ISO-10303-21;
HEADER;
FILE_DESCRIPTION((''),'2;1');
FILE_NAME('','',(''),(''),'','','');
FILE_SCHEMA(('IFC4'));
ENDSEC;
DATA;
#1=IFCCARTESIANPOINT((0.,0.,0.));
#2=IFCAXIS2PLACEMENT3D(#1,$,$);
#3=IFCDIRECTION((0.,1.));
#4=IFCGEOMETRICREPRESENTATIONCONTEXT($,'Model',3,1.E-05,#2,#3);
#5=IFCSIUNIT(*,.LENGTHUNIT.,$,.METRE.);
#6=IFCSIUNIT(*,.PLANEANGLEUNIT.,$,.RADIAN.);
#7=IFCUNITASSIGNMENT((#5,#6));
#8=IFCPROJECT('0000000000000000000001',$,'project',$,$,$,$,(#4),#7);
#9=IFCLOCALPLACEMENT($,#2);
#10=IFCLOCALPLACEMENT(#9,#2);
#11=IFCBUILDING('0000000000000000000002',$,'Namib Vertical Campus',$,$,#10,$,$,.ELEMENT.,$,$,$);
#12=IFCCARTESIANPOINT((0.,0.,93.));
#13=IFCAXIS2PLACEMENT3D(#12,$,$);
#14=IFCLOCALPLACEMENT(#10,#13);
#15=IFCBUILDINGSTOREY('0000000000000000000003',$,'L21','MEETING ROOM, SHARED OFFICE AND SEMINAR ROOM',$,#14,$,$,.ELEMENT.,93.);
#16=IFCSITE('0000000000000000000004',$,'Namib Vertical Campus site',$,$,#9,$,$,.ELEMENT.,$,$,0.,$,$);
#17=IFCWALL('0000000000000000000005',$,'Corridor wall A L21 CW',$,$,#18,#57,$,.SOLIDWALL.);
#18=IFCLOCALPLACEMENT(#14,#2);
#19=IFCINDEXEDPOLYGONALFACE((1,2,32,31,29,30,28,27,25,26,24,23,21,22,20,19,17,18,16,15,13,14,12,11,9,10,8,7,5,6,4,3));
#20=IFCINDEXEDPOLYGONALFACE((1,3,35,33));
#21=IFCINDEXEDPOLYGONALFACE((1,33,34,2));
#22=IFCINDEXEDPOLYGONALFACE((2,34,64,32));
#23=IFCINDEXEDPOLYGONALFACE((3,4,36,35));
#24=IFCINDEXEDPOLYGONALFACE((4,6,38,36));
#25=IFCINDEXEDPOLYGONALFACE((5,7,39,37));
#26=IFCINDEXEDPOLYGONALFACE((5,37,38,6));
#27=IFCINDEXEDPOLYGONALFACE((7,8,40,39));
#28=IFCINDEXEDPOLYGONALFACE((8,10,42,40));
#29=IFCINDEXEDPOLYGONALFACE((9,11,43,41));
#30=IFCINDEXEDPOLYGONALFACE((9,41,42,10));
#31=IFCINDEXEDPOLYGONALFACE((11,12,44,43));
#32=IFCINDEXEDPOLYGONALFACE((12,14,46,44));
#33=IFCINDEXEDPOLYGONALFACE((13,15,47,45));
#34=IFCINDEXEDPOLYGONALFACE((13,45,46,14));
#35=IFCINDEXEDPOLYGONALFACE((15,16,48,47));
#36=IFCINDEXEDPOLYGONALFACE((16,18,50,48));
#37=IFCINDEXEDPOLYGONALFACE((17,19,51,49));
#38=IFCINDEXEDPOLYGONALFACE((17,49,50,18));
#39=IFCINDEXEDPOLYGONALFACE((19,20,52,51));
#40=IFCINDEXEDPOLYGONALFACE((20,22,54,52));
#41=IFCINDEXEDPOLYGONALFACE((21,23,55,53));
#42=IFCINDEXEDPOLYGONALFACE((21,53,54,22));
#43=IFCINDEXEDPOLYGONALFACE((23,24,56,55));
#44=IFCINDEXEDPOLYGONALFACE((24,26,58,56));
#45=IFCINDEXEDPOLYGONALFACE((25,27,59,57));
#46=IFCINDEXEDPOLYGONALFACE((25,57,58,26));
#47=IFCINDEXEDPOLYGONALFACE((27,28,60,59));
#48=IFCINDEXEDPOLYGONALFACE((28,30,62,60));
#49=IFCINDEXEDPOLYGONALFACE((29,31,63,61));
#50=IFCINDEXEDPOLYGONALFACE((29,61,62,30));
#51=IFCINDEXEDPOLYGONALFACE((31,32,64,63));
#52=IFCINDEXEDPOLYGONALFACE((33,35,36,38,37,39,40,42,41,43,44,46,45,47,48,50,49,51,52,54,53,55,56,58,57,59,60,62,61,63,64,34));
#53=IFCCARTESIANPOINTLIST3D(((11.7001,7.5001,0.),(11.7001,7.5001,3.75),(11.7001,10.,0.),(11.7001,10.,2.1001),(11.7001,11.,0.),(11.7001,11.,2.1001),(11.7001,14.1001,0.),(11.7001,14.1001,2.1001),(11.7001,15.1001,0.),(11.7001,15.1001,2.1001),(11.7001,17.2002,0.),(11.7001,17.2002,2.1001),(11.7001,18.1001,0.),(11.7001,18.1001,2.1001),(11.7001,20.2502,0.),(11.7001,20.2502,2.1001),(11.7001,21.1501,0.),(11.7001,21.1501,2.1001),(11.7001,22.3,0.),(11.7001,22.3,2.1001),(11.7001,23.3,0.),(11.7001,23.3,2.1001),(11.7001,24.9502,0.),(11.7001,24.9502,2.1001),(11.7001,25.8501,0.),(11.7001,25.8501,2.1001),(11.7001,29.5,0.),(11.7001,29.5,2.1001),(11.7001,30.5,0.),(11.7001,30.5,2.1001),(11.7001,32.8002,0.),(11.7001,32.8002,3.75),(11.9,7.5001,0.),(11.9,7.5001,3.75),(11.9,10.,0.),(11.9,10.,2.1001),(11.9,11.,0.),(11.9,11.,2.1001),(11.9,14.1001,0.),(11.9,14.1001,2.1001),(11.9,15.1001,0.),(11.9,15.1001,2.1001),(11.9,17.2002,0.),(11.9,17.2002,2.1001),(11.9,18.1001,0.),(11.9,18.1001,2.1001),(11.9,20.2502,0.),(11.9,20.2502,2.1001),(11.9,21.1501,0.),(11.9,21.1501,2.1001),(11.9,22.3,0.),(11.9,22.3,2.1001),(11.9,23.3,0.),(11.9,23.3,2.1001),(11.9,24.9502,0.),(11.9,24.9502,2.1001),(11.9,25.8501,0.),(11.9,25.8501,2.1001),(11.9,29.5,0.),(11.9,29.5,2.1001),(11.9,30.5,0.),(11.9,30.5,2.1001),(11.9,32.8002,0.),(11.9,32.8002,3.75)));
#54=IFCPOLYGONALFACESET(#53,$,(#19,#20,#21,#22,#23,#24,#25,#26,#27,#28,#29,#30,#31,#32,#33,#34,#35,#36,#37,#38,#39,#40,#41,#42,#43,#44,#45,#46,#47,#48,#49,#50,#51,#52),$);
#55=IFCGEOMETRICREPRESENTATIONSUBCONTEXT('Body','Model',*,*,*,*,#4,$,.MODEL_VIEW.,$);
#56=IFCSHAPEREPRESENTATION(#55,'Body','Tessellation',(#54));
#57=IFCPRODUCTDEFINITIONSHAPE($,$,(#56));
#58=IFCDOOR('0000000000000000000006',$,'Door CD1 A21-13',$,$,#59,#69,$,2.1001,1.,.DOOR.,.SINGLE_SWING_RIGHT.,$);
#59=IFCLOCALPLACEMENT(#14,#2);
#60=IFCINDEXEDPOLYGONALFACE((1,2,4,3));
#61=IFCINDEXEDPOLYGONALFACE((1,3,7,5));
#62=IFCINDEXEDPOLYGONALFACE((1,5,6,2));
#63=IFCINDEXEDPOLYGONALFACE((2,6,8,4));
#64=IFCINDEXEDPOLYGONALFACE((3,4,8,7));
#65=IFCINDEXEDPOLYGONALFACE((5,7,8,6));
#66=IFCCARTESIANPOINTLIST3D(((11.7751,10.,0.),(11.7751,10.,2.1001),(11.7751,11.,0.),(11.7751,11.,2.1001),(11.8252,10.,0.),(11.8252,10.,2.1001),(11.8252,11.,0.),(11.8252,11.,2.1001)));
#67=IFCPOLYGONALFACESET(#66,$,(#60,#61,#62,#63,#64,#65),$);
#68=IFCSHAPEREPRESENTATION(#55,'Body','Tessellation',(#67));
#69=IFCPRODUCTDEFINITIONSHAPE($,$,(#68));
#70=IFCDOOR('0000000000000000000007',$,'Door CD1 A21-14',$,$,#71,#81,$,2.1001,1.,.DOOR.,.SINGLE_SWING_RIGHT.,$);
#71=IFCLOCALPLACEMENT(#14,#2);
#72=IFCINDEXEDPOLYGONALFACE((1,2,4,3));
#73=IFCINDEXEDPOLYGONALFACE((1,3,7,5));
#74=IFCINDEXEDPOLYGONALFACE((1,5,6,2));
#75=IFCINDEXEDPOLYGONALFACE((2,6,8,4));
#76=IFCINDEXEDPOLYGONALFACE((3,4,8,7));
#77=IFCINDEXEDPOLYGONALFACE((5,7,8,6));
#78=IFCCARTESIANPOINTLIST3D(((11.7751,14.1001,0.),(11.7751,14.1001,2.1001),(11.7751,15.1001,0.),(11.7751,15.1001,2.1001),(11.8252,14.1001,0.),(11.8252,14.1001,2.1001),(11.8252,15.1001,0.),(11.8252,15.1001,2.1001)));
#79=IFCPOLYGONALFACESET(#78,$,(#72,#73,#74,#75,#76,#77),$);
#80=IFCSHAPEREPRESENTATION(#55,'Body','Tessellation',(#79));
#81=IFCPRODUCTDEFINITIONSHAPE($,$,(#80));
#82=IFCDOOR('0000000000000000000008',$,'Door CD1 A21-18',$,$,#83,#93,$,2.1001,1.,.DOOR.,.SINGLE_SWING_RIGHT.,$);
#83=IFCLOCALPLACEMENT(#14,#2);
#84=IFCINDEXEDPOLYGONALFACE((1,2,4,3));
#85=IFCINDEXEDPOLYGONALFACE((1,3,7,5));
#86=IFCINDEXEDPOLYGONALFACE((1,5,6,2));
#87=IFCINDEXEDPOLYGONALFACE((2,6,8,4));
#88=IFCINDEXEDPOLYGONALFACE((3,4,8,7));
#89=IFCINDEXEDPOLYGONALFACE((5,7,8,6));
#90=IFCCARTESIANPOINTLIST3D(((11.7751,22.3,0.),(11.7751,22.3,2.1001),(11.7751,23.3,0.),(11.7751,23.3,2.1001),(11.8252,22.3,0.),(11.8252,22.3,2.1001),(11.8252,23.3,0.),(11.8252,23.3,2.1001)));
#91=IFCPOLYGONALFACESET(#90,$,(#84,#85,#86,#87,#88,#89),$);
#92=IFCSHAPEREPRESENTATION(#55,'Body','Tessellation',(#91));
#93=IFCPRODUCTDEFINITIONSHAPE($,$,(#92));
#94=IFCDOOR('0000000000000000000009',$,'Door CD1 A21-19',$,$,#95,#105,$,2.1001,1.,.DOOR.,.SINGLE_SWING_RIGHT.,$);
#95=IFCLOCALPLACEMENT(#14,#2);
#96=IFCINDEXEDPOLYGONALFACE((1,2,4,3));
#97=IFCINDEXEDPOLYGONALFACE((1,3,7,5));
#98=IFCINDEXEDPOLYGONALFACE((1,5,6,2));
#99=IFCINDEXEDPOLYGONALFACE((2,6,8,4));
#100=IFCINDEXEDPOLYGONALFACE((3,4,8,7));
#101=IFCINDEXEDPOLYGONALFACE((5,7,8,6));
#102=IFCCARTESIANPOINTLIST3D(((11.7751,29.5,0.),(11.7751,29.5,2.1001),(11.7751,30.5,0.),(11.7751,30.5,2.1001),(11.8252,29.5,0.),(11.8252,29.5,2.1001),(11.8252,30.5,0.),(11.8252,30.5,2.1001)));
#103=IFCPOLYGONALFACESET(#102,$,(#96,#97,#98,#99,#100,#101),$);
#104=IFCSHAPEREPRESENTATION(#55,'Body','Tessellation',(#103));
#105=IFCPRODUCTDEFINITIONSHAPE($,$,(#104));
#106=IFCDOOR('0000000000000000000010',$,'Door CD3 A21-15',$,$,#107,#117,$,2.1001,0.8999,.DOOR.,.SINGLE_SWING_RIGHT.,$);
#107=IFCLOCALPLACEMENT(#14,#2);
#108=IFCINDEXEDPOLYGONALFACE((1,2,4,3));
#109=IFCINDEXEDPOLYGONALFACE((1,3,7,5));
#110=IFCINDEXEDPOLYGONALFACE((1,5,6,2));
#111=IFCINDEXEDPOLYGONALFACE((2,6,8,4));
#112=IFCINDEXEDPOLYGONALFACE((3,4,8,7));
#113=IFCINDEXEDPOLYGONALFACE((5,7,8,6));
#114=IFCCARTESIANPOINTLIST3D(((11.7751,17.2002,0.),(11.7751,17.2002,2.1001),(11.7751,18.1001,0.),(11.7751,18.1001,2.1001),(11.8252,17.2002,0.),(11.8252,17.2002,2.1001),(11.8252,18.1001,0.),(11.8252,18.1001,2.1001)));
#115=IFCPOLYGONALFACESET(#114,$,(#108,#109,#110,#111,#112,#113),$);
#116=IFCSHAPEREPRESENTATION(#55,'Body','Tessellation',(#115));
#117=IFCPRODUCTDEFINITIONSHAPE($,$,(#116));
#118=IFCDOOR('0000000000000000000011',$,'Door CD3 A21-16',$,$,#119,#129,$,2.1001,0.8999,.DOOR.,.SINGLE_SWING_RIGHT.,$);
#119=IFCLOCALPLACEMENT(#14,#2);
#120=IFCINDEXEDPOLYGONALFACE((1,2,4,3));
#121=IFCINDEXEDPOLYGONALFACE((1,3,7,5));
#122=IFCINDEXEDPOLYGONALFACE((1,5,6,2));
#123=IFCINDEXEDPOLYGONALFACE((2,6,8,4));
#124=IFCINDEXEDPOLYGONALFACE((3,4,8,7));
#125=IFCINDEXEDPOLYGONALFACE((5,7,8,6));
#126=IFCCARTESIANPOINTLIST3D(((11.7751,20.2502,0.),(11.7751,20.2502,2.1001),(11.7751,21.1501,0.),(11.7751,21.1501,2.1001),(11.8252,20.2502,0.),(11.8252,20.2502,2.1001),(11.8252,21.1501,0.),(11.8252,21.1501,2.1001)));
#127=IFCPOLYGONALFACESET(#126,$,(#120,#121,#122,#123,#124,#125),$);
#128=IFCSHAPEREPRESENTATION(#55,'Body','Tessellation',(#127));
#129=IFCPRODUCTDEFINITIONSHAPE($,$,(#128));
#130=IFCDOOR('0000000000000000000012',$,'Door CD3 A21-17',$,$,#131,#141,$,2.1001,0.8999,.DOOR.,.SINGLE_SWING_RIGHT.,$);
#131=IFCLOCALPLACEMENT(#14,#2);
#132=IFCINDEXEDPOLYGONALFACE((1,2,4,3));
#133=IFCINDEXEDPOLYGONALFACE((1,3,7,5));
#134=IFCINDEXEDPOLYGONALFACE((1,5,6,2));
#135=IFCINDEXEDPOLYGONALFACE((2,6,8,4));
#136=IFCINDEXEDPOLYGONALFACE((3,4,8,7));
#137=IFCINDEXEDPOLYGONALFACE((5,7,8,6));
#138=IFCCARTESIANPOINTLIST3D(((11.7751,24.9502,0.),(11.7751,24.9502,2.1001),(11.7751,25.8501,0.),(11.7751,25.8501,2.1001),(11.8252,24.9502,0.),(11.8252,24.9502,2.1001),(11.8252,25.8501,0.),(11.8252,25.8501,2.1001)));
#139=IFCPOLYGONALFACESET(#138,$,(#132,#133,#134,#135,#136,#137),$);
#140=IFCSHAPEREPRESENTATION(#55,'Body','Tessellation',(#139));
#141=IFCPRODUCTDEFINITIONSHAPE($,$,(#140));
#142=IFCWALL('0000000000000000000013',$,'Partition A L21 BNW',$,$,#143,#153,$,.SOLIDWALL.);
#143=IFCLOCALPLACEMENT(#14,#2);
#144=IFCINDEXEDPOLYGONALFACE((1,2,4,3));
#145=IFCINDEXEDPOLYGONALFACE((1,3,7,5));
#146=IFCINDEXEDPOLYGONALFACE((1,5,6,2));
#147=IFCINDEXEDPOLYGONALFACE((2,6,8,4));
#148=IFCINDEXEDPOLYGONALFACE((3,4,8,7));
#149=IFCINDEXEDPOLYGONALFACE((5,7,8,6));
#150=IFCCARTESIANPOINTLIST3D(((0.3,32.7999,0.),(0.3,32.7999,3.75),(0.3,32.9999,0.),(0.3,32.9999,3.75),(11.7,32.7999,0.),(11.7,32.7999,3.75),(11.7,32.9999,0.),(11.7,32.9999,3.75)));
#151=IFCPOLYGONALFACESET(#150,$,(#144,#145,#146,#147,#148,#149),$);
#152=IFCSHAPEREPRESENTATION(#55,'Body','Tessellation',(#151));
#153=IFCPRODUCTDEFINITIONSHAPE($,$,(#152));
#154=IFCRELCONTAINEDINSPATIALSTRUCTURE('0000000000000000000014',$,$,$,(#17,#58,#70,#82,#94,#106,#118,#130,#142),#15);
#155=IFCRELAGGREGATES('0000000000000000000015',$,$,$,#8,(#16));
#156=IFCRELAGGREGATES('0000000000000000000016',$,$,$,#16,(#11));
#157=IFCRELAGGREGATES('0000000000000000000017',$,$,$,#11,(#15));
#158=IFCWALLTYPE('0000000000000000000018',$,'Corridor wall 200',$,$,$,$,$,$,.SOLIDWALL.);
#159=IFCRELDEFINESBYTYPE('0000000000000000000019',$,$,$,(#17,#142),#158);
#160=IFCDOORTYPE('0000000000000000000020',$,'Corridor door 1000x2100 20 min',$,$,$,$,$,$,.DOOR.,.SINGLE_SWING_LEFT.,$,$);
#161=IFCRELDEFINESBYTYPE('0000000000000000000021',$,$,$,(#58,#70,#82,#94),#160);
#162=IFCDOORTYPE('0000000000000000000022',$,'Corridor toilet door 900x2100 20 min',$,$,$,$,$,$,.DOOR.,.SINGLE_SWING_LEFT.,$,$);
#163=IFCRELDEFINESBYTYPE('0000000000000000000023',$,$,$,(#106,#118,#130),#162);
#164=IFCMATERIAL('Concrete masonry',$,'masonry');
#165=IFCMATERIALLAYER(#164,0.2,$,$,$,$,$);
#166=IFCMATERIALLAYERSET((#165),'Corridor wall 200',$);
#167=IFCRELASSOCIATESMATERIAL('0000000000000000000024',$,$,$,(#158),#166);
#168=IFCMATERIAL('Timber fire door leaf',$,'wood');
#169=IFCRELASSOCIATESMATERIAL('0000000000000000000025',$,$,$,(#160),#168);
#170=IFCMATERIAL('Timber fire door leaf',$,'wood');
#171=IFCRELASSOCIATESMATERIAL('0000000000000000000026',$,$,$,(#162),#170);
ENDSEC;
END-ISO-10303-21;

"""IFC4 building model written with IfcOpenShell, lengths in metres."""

from ifc_helpers import new_model, si_unit, direction, frame, frame_2d, origin, place, context, subcontext, project, spatial, rectangle, extrude, material, layer, layer_set, type_object, element, fill, save


model = new_model("IFC4")

# Units and contexts
model_context = context("Model", 3, precision=1e-05, world=origin(), true_north=direction((0.0, 1.0)))
body_context = subcontext(model_context, "Body", "Model", "MODEL_VIEW")
ifc_project = project(units=[si_unit("LENGTHUNIT", "METRE"), si_unit("PLANEANGLEUNIT", "RADIAN")], contexts=[model_context])

# Site, building, storey
site_placement = place(None, origin())
site = spatial("IfcSite", under=ifc_project, at=site_placement, Name="Namib Vertical Campus site", CompositionType="ELEMENT", RefElevation=0.0)
building_placement = place(site_placement, origin())
building = spatial("IfcBuilding", under=site, at=building_placement, Name="Namib Vertical Campus", CompositionType="ELEMENT")
storey_placement = place(building_placement, frame((0.0, 0.0, 93.0)))
storey = spatial("IfcBuildingStorey", under=building, at=storey_placement, Name="L21", Description="MEETING ROOM, SHARED OFFICE AND SEMINAR ROOM", CompositionType="ELEMENT", Elevation=93.0)

# Wall, openings, doors
ifc_material_1 = material(Name="Concrete masonry", Category="masonry")
ifc_layer_1 = layer(ifc_material_1, 0.2)
ifc_layer_set_1 = layer_set([ifc_layer_1], Name="Corridor wall 200")
wall_type_1 = type_object("IfcWallType", Name="Corridor wall 200", PredefinedType="SOLIDWALL", material=ifc_layer_set_1)
wall_1_placement = place(storey_placement, frame((11.8, 32.8, 0.0), z_axis=(0.0, 0.0, 1.0), x_axis=(0.0, -1.0, 0.0)))
wall_1 = element("IfcWall", 1, at=wall_1_placement, inside=storey, type_object=wall_type_1, Name="Corridor wall A L21 CW", PredefinedType="SOLIDWALL", context=body_context, shape_type="SweptSolid", body=[
    extrude(rectangle(XDim=25.3, YDim=0.2, at=frame_2d((12.6499, 0.0))), origin(), (0.0, 0.0, 1.0), 3.75),
])
opening_1_placement = place(wall_1_placement, frame((21.8, 0.0, 0.0)))
opening_1 = element("IfcOpeningElement", 2, at=opening_1_placement, cuts=wall_1, PredefinedType="OPENING", context=body_context, shape_type="SweptSolid", body=[
    extrude(rectangle(XDim=1.0, YDim=2.1001, at=frame_2d((0.5, 1.05))), frame((0.0, 0.1099, 0.0), z_axis=(0.0, -1.0, 0.0), x_axis=(1.0, 0.0, 0.0)), (0.0, 0.0, 1.0), 0.22),
])
opening_2_placement = place(wall_1_placement, frame((17.7, 0.0, 0.0)))
opening_2 = element("IfcOpeningElement", 3, at=opening_2_placement, cuts=wall_1, PredefinedType="OPENING", context=body_context, shape_type="SweptSolid", body=[
    extrude(rectangle(XDim=1.0, YDim=2.1001, at=frame_2d((0.5, 1.05))), frame((0.0, 0.1099, 0.0), z_axis=(0.0, -1.0, 0.0), x_axis=(1.0, 0.0, 0.0)), (0.0, 0.0, 1.0), 0.22),
])
opening_3_placement = place(wall_1_placement, frame((14.7, 0.0, 0.0)))
opening_3 = element("IfcOpeningElement", 4, at=opening_3_placement, cuts=wall_1, PredefinedType="OPENING", context=body_context, shape_type="SweptSolid", body=[
    extrude(rectangle(XDim=0.8999, YDim=2.1001, at=frame_2d((0.45, 1.05))), frame((0.0, 0.1099, 0.0), z_axis=(0.0, -1.0, 0.0), x_axis=(1.0, 0.0, 0.0)), (0.0, 0.0, 1.0), 0.22),
])
opening_4_placement = place(wall_1_placement, frame((11.6499, 0.0, 0.0)))
opening_4 = element("IfcOpeningElement", 5, at=opening_4_placement, cuts=wall_1, PredefinedType="OPENING", context=body_context, shape_type="SweptSolid", body=[
    extrude(rectangle(XDim=0.8999, YDim=2.1001, at=frame_2d((0.45, 1.05))), frame((0.0, 0.1099, 0.0), z_axis=(0.0, -1.0, 0.0), x_axis=(1.0, 0.0, 0.0)), (0.0, 0.0, 1.0), 0.22),
])
opening_5_placement = place(wall_1_placement, frame((6.95, 0.0, 0.0)))
opening_5 = element("IfcOpeningElement", 6, at=opening_5_placement, cuts=wall_1, PredefinedType="OPENING", context=body_context, shape_type="SweptSolid", body=[
    extrude(rectangle(XDim=0.8999, YDim=2.1001, at=frame_2d((0.45, 1.05))), frame((0.0, 0.1099, 0.0), z_axis=(0.0, -1.0, 0.0), x_axis=(1.0, 0.0, 0.0)), (0.0, 0.0, 1.0), 0.22),
])
opening_6_placement = place(wall_1_placement, frame((9.5, 0.0, 0.0)))
opening_6 = element("IfcOpeningElement", 7, at=opening_6_placement, cuts=wall_1, PredefinedType="OPENING", context=body_context, shape_type="SweptSolid", body=[
    extrude(rectangle(XDim=1.0, YDim=2.1001, at=frame_2d((0.5, 1.05))), frame((0.0, 0.1099, 0.0), z_axis=(0.0, -1.0, 0.0), x_axis=(1.0, 0.0, 0.0)), (0.0, 0.0, 1.0), 0.22),
])
opening_7_placement = place(wall_1_placement, frame((2.3, 0.0, 0.0)))
opening_7 = element("IfcOpeningElement", 8, at=opening_7_placement, cuts=wall_1, PredefinedType="OPENING", context=body_context, shape_type="SweptSolid", body=[
    extrude(rectangle(XDim=1.0, YDim=2.1001, at=frame_2d((0.5, 1.05))), frame((0.0, 0.1099, 0.0), z_axis=(0.0, -1.0, 0.0), x_axis=(1.0, 0.0, 0.0)), (0.0, 0.0, 1.0), 0.22),
])
ifc_material_2 = material(Name="Timber fire door leaf", Category="wood")
door_type_1 = type_object("IfcDoorType", Name="Corridor door 1000x2100 20 min", OperationType="SINGLE_SWING_LEFT", PredefinedType="DOOR", material=ifc_material_2)
door_1_placement = place(opening_1_placement, frame((1.0, 0.0, 0.0), z_axis=(0.0, 0.0, 1.0), x_axis=(-1.0, 0.0, 0.0)))
door_1 = element("IfcDoor", 9, at=door_1_placement, inside=storey, type_object=door_type_1, Name="Door CD1 A21-13", OperationType="SINGLE_SWING_RIGHT", OverallHeight=2.1001, OverallWidth=1.0, PredefinedType="DOOR", context=body_context, shape_type="SweptSolid", body=[
    extrude(rectangle(XDim=1.0, YDim=2.1001, at=frame_2d((0.5, 1.05))), frame((0.0, 0.0249, 0.0), z_axis=(0.0, -1.0, 0.0), x_axis=(1.0, 0.0, 0.0)), (0.0, 0.0, 1.0), 0.05),
])
fill(opening_1, door_1)
door_2_placement = place(opening_2_placement, frame((1.0, 0.0, 0.0), z_axis=(0.0, 0.0, 1.0), x_axis=(-1.0, 0.0, 0.0)))
door_2 = element("IfcDoor", 10, at=door_2_placement, inside=storey, type_object=door_type_1, Name="Door CD1 A21-14", OperationType="SINGLE_SWING_RIGHT", OverallHeight=2.1001, OverallWidth=1.0, PredefinedType="DOOR", context=body_context, shape_type="SweptSolid", body=[
    extrude(rectangle(XDim=1.0, YDim=2.1001, at=frame_2d((0.5, 1.05))), frame((0.0, 0.0249, 0.0), z_axis=(0.0, -1.0, 0.0), x_axis=(1.0, 0.0, 0.0)), (0.0, 0.0, 1.0), 0.05),
])
fill(opening_2, door_2)
door_3_placement = place(opening_6_placement, frame((1.0, 0.0, 0.0), z_axis=(0.0, 0.0, 1.0), x_axis=(-1.0, 0.0, 0.0)))
door_3 = element("IfcDoor", 11, at=door_3_placement, inside=storey, type_object=door_type_1, Name="Door CD1 A21-18", OperationType="SINGLE_SWING_RIGHT", OverallHeight=2.1001, OverallWidth=1.0, PredefinedType="DOOR", context=body_context, shape_type="SweptSolid", body=[
    extrude(rectangle(XDim=1.0, YDim=2.1001, at=frame_2d((0.5, 1.05))), frame((0.0, 0.0249, 0.0), z_axis=(0.0, -1.0, 0.0), x_axis=(1.0, 0.0, 0.0)), (0.0, 0.0, 1.0), 0.05),
])
fill(opening_6, door_3)
door_4_placement = place(opening_7_placement, frame((1.0, 0.0, 0.0), z_axis=(0.0, 0.0, 1.0), x_axis=(-1.0, 0.0, 0.0)))
door_4 = element("IfcDoor", 12, at=door_4_placement, inside=storey, type_object=door_type_1, Name="Door CD1 A21-19", OperationType="SINGLE_SWING_RIGHT", OverallHeight=2.1001, OverallWidth=1.0, PredefinedType="DOOR", context=body_context, shape_type="SweptSolid", body=[
    extrude(rectangle(XDim=1.0, YDim=2.1001, at=frame_2d((0.5, 1.05))), frame((0.0, 0.0249, 0.0), z_axis=(0.0, -1.0, 0.0), x_axis=(1.0, 0.0, 0.0)), (0.0, 0.0, 1.0), 0.05),
])
fill(opening_7, door_4)
ifc_material_3 = material(Name="Timber fire door leaf", Category="wood")
door_type_2 = type_object("IfcDoorType", Name="Corridor toilet door 900x2100 20 min", OperationType="SINGLE_SWING_LEFT", PredefinedType="DOOR", material=ifc_material_3)
door_5_placement = place(opening_3_placement, frame((0.8999, 0.0, 0.0), z_axis=(0.0, 0.0, 1.0), x_axis=(-1.0, 0.0, 0.0)))
door_5 = element("IfcDoor", 13, at=door_5_placement, inside=storey, type_object=door_type_2, Name="Door CD3 A21-15", OperationType="SINGLE_SWING_RIGHT", OverallHeight=2.1001, OverallWidth=0.8999, PredefinedType="DOOR", context=body_context, shape_type="SweptSolid", body=[
    extrude(rectangle(XDim=0.8999, YDim=2.1001, at=frame_2d((0.45, 1.05))), frame((0.0, 0.0249, 0.0), z_axis=(0.0, -1.0, 0.0), x_axis=(1.0, 0.0, 0.0)), (0.0, 0.0, 1.0), 0.05),
])
fill(opening_3, door_5)
door_6_placement = place(opening_4_placement, frame((0.8999, 0.0, 0.0), z_axis=(0.0, 0.0, 1.0), x_axis=(-1.0, 0.0, 0.0)))
door_6 = element("IfcDoor", 14, at=door_6_placement, inside=storey, type_object=door_type_2, Name="Door CD3 A21-16", OperationType="SINGLE_SWING_RIGHT", OverallHeight=2.1001, OverallWidth=0.8999, PredefinedType="DOOR", context=body_context, shape_type="SweptSolid", body=[
    extrude(rectangle(XDim=0.8999, YDim=2.1001, at=frame_2d((0.45, 1.05))), frame((0.0, 0.0249, 0.0), z_axis=(0.0, -1.0, 0.0), x_axis=(1.0, 0.0, 0.0)), (0.0, 0.0, 1.0), 0.05),
])
fill(opening_4, door_6)
door_7_placement = place(opening_5_placement, frame((0.8999, 0.0, 0.0), z_axis=(0.0, 0.0, 1.0), x_axis=(-1.0, 0.0, 0.0)))
door_7 = element("IfcDoor", 15, at=door_7_placement, inside=storey, type_object=door_type_2, Name="Door CD3 A21-17", OperationType="SINGLE_SWING_RIGHT", OverallHeight=2.1001, OverallWidth=0.8999, PredefinedType="DOOR", context=body_context, shape_type="SweptSolid", body=[
    extrude(rectangle(XDim=0.8999, YDim=2.1001, at=frame_2d((0.45, 1.05))), frame((0.0, 0.0249, 0.0), z_axis=(0.0, -1.0, 0.0), x_axis=(1.0, 0.0, 0.0)), (0.0, 0.0, 1.0), 0.05),
])
fill(opening_5, door_7)

# Wall
wall_2_placement = place(storey_placement, frame((0.3, 32.8999, 0.0), z_axis=(0.0, 0.0, 1.0), x_axis=(1.0, 0.0, 0.0)))
element("IfcWall", 16, at=wall_2_placement, inside=storey, type_object=wall_type_1, Name="Partition A L21 BNW", PredefinedType="SOLIDWALL", context=body_context, shape_type="SweptSolid", body=[
    extrude(rectangle(XDim=11.3999, YDim=0.2, at=frame_2d((5.7, 0.0))), origin(), (0.0, 0.0, 1.0), 3.75),
])

save(model, "model.ifc")
